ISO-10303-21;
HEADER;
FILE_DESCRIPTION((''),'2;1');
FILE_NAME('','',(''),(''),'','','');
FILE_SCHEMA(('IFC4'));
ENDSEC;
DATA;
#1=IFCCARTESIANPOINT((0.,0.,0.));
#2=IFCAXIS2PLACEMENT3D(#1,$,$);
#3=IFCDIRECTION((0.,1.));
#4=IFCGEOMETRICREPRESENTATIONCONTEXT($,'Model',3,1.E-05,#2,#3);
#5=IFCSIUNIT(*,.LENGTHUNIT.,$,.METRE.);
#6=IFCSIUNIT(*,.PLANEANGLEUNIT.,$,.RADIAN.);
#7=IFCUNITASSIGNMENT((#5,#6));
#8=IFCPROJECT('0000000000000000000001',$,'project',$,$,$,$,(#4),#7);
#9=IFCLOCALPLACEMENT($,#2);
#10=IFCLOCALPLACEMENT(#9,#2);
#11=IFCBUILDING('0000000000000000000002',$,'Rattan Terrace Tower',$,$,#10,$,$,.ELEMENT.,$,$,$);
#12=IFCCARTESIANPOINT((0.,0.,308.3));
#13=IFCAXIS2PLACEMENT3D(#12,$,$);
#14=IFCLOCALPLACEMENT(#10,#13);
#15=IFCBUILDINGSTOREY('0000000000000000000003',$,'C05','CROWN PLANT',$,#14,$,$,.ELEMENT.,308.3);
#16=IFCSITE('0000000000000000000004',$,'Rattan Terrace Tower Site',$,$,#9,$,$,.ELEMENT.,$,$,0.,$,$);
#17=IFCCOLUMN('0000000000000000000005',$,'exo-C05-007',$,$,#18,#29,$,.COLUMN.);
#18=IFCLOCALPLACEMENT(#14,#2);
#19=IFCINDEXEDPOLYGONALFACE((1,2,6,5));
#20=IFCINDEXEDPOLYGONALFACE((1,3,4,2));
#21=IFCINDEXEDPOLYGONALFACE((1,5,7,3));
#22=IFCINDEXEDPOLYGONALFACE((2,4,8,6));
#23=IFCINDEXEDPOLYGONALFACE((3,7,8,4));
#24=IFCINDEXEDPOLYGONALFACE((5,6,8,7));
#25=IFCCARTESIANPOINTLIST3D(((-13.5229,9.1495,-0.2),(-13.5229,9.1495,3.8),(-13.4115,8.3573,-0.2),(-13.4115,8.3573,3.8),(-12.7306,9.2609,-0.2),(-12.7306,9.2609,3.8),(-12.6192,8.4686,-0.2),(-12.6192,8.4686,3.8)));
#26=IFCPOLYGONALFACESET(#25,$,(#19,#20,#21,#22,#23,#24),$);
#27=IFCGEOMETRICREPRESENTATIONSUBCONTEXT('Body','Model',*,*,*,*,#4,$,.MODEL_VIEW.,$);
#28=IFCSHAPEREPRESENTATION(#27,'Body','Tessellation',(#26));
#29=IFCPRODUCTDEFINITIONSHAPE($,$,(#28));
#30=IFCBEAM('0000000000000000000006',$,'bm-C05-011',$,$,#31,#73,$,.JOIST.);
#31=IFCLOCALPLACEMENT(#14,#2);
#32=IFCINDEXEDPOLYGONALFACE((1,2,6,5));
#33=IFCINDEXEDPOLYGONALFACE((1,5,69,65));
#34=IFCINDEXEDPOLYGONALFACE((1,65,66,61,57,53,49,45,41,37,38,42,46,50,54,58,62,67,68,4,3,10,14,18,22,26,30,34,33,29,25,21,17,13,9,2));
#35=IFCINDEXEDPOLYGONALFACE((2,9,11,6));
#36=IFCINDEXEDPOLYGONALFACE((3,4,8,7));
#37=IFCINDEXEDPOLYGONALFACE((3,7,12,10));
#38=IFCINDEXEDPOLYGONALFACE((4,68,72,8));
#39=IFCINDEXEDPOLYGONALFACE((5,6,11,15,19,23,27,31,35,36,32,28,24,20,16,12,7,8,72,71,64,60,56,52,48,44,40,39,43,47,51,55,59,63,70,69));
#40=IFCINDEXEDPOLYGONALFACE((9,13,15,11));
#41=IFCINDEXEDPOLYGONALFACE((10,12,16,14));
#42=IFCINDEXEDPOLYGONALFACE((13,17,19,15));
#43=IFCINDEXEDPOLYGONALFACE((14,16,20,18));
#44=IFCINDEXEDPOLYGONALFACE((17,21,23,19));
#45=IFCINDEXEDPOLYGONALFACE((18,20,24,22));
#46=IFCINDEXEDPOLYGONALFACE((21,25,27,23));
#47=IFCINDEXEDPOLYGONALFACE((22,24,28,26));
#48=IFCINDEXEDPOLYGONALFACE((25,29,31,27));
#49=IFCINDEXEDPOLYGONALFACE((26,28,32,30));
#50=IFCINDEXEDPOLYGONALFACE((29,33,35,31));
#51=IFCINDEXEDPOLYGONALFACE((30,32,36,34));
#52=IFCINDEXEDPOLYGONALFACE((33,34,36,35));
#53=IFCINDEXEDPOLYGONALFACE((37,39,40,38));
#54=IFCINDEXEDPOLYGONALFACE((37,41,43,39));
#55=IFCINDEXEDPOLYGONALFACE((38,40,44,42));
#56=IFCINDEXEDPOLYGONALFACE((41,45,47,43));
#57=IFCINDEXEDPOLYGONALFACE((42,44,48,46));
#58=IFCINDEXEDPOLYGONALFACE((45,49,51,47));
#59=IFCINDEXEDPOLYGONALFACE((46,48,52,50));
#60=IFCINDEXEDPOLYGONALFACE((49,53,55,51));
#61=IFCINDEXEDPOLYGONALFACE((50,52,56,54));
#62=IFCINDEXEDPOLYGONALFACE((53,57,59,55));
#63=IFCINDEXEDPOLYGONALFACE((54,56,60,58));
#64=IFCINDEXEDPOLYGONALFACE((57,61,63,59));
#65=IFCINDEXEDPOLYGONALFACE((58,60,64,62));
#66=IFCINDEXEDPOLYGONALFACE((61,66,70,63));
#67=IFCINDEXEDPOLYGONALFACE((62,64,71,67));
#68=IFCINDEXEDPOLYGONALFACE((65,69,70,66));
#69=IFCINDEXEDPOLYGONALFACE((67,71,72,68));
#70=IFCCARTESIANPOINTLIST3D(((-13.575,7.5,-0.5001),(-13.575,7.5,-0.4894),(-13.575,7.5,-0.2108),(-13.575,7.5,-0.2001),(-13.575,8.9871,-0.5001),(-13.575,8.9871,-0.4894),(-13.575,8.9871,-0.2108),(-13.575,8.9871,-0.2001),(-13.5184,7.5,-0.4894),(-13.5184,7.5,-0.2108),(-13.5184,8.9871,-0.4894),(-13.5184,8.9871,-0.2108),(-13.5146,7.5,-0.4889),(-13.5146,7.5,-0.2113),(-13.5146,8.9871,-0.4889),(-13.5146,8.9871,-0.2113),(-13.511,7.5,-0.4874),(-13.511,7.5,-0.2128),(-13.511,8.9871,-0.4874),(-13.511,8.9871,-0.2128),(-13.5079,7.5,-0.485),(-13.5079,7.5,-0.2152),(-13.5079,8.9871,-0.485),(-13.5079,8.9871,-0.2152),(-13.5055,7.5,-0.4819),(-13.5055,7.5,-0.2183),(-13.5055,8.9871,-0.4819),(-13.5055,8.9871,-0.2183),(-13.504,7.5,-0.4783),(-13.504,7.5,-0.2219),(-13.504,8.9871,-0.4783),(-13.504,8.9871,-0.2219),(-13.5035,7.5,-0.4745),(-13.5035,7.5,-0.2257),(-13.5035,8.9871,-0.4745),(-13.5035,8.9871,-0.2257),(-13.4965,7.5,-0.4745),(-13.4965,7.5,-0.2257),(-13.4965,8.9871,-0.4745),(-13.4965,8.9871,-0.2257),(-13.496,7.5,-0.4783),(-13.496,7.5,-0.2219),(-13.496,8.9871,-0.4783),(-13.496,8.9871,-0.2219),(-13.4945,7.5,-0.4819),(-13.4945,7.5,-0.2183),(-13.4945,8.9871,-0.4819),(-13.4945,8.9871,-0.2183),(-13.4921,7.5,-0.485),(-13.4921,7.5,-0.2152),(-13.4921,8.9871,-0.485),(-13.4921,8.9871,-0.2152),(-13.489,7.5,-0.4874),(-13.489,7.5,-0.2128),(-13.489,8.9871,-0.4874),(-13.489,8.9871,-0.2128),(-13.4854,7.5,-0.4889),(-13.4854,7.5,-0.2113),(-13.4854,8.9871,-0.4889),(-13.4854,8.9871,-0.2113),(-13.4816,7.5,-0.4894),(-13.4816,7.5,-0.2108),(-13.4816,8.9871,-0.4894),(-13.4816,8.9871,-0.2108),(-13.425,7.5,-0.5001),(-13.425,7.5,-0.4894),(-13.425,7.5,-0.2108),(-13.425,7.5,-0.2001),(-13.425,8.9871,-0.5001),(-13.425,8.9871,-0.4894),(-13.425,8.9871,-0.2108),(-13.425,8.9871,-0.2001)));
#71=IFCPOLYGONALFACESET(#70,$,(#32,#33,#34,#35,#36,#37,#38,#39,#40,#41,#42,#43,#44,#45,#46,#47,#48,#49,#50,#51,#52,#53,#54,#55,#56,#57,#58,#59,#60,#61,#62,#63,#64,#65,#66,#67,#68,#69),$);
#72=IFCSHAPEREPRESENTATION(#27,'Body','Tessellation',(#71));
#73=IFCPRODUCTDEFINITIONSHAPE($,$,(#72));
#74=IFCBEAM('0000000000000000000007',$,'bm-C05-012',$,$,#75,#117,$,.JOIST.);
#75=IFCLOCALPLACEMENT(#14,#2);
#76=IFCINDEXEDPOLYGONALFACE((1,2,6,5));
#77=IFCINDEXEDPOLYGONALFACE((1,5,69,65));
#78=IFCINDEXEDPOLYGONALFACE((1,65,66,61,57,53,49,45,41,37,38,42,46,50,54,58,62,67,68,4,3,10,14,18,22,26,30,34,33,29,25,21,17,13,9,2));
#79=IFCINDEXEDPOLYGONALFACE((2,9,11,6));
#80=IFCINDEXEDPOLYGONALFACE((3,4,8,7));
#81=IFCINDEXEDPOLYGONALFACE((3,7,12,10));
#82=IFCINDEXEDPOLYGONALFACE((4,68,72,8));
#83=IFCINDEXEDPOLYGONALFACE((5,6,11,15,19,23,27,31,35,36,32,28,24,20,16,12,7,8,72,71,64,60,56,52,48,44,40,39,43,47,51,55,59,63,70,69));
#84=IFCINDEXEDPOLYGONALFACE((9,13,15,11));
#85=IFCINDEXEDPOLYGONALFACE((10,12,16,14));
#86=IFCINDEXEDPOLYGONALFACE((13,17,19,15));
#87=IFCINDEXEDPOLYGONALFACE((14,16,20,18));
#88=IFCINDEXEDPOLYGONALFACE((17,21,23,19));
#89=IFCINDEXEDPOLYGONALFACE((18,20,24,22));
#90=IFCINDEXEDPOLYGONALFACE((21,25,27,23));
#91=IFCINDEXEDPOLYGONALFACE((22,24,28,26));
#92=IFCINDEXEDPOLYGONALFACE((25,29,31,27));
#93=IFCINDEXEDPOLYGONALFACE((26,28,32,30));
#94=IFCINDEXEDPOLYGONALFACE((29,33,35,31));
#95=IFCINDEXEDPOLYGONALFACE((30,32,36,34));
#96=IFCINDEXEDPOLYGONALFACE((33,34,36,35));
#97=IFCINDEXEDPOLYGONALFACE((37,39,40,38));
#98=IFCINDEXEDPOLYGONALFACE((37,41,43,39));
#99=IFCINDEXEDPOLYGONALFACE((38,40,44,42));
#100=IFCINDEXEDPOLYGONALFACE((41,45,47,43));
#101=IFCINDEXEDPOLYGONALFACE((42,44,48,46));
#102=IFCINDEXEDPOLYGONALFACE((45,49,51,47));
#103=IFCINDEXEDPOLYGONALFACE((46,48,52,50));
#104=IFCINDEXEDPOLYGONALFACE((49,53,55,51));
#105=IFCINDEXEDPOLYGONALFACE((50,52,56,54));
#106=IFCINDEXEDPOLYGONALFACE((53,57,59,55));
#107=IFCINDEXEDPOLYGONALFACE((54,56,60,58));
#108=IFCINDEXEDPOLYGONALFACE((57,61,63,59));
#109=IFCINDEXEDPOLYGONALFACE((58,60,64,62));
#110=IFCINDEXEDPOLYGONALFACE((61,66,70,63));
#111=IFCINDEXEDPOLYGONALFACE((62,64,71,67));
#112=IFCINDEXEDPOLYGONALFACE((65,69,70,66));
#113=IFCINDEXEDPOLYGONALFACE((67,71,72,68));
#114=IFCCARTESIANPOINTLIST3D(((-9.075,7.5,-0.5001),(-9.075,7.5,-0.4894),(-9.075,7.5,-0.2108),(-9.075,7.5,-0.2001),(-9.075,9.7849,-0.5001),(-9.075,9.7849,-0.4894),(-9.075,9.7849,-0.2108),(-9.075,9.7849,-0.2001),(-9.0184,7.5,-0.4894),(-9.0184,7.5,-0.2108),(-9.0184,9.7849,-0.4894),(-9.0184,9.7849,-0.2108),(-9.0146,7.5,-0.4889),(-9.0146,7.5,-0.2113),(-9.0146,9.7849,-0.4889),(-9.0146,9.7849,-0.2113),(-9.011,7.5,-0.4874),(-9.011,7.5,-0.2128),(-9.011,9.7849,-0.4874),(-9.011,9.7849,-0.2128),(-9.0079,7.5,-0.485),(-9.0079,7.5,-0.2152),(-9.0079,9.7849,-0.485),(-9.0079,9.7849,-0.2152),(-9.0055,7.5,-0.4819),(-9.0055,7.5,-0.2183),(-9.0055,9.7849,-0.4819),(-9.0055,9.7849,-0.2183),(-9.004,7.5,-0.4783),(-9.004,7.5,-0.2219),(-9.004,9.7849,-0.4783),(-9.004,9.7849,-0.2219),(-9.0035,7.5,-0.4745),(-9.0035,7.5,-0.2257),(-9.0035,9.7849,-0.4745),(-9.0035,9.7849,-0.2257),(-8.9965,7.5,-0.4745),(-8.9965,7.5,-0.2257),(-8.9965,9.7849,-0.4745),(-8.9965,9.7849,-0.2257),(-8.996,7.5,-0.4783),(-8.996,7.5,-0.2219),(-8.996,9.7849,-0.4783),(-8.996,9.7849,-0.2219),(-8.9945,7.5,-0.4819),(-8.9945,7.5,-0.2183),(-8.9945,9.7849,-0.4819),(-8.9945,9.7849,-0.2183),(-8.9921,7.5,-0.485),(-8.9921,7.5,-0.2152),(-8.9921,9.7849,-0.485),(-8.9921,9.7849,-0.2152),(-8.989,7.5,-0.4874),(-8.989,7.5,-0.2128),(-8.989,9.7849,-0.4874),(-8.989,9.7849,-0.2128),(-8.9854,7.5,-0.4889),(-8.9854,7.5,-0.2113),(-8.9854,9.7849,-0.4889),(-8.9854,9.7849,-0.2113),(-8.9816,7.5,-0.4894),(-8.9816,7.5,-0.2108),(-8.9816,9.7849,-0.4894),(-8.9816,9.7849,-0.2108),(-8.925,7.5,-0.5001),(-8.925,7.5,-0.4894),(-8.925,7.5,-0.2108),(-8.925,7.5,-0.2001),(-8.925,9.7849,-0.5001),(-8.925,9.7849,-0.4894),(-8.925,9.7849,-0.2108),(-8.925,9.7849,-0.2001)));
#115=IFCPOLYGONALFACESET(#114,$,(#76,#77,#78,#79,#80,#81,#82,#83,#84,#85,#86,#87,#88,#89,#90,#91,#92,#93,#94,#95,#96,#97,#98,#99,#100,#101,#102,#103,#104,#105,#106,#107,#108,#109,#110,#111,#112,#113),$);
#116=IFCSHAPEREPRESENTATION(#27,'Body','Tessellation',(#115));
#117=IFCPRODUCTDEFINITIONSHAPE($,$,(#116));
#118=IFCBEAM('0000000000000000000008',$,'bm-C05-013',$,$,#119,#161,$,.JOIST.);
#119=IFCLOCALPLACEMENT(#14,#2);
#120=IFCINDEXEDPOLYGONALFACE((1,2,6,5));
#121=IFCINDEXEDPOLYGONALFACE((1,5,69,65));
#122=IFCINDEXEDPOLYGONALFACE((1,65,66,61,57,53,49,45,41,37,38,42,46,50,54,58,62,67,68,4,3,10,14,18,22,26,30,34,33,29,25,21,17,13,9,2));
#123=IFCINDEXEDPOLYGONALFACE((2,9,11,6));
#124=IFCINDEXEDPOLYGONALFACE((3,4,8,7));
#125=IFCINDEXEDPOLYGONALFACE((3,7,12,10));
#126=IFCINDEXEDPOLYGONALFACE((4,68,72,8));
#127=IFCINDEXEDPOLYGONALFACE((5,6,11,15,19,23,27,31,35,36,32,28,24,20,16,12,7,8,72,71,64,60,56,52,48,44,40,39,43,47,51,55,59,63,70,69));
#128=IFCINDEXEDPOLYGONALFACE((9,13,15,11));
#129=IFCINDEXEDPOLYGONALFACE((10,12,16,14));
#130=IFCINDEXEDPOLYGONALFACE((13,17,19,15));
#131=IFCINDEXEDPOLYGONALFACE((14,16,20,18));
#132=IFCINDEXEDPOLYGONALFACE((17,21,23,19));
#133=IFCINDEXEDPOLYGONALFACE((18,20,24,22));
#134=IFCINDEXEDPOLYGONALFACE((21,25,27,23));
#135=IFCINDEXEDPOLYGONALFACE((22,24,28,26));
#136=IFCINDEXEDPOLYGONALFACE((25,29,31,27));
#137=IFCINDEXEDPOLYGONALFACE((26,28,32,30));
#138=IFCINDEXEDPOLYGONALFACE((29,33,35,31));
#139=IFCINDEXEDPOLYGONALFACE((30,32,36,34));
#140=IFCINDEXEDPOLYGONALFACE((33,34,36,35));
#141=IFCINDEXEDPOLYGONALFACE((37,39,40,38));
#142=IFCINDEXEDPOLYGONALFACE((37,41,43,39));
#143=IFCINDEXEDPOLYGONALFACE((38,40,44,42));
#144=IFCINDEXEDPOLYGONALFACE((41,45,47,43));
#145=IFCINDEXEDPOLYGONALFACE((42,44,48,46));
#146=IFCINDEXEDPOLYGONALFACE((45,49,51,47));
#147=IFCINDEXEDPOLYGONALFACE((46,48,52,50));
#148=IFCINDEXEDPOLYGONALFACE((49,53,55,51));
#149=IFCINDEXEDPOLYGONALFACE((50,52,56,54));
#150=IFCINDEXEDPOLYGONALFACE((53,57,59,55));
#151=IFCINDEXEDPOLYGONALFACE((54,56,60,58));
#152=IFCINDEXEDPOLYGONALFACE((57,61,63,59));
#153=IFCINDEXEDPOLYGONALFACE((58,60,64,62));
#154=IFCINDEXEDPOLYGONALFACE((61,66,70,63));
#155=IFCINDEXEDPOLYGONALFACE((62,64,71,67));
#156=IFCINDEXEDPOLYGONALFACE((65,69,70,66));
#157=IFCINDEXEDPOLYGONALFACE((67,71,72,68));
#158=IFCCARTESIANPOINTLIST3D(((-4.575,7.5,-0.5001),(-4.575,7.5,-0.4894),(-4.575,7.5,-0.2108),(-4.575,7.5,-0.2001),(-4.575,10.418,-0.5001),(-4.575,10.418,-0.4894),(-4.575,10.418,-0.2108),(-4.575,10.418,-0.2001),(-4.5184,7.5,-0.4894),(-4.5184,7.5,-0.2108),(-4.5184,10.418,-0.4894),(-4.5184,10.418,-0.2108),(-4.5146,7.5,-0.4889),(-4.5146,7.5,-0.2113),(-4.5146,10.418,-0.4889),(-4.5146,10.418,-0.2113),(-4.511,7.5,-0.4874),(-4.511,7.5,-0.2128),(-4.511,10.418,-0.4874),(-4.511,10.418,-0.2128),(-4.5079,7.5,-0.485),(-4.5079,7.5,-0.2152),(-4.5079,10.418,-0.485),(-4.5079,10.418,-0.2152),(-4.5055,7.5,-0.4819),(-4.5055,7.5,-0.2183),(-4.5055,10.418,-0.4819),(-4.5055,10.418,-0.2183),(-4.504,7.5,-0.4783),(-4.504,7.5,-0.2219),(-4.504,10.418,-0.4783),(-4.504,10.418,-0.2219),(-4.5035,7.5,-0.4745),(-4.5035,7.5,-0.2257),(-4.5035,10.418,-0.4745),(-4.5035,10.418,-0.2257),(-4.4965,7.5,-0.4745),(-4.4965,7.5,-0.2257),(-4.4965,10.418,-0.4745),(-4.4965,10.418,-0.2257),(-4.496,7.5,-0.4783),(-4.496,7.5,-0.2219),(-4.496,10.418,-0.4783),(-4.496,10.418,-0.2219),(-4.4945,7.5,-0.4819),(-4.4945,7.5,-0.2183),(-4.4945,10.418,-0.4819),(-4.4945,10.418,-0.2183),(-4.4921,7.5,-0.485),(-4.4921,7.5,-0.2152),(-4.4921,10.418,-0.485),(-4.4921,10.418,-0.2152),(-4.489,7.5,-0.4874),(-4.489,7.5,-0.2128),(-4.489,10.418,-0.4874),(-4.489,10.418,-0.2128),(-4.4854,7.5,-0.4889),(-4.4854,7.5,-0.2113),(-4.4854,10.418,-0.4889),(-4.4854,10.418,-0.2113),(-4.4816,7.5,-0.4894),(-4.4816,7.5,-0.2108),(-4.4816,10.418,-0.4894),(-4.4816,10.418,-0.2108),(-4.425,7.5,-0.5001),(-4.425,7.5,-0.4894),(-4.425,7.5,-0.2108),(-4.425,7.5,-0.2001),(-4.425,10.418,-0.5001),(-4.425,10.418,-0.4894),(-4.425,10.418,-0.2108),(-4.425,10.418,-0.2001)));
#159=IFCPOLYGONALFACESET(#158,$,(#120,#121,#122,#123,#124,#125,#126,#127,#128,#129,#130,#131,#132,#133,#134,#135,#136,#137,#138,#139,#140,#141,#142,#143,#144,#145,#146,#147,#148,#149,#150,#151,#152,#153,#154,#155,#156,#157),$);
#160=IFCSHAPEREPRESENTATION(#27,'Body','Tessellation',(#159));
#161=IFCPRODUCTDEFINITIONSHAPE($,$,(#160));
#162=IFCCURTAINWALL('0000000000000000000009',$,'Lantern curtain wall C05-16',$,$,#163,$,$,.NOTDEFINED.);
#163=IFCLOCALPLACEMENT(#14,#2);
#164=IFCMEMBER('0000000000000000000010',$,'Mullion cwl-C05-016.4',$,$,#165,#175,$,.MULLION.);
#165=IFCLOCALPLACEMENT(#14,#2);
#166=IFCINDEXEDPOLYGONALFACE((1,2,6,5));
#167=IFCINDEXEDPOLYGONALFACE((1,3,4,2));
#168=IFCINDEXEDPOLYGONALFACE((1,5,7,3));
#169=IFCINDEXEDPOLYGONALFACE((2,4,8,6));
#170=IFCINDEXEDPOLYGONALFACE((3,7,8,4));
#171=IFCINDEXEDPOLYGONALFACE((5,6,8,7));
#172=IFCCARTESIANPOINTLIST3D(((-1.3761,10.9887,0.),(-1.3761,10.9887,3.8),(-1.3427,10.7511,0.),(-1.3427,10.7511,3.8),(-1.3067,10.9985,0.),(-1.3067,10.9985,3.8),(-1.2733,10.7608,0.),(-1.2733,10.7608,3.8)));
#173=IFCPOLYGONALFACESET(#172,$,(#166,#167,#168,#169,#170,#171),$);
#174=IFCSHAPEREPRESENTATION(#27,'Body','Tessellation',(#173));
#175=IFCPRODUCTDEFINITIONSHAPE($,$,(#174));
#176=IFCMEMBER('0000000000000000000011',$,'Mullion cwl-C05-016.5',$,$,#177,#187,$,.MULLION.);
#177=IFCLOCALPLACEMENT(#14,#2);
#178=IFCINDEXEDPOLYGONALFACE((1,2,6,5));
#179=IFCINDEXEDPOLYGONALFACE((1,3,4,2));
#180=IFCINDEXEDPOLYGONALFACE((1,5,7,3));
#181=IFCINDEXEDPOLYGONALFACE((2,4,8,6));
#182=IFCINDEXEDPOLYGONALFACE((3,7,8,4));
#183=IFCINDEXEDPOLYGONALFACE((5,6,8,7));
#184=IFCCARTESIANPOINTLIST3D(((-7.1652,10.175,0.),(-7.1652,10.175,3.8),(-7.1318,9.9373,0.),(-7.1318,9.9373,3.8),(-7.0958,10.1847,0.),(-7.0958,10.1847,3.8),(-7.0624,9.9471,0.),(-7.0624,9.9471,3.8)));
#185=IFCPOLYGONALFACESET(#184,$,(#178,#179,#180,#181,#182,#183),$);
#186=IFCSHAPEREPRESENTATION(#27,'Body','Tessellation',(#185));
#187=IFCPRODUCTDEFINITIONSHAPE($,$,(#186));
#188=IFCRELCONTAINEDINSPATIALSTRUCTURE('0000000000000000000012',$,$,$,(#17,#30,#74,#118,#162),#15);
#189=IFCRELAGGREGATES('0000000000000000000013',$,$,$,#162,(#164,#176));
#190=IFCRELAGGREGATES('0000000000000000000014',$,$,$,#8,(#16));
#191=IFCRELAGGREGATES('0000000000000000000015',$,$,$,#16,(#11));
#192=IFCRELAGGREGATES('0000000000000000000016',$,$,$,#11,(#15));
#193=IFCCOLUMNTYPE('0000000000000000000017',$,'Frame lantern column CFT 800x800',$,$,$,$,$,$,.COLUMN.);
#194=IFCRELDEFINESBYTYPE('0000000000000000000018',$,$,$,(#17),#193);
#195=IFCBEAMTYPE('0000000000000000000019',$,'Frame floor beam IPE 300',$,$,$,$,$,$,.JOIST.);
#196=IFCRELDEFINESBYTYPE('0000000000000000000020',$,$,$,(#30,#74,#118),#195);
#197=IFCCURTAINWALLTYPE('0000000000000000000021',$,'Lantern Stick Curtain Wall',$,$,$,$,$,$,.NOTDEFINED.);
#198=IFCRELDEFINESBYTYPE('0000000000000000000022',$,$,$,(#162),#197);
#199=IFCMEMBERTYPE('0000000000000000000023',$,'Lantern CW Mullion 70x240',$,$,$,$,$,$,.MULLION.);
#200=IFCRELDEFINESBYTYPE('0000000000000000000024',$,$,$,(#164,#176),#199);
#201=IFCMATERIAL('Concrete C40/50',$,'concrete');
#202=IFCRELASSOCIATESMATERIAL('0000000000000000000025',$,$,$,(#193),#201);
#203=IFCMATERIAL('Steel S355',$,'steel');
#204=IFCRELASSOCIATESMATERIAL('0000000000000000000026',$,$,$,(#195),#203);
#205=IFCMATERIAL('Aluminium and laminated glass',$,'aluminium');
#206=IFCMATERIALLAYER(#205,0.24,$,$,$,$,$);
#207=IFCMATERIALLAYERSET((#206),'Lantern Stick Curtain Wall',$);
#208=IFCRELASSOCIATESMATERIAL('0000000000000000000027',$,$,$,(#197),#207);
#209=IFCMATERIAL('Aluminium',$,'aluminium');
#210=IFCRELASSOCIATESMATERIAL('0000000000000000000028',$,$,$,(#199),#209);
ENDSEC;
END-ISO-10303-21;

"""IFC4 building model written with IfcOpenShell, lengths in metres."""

from ifc_helpers import new_model, si_unit, direction, frame, origin, origin_2d, place, context, subcontext, project, spatial, rectangle, i_section, extrude, material, layer, layer_set, material_profile, profile_set, type_object, element, aggregate, save


model = new_model("IFC4")

# Units and contexts
model_context = context("Model", 3, precision=1e-05, world=origin(), true_north=direction((0.0, 1.0)))
body_context = subcontext(model_context, "Body", "Model", "MODEL_VIEW")
ifc_project = project(units=[si_unit("LENGTHUNIT", "METRE"), si_unit("PLANEANGLEUNIT", "RADIAN")], contexts=[model_context])

# Site, building, storey
site_placement = place(None, origin())
site = spatial("IfcSite", under=ifc_project, at=site_placement, Name="Rattan Terrace Tower Site", CompositionType="ELEMENT", RefElevation=0.0)
building_placement = place(site_placement, origin())
building = spatial("IfcBuilding", under=site, at=building_placement, Name="Rattan Terrace Tower", CompositionType="ELEMENT")
storey_placement = place(building_placement, frame((0.0, 0.0, 308.3)))
storey = spatial("IfcBuildingStorey", under=building, at=storey_placement, Name="C05", Description="CROWN PLANT", CompositionType="ELEMENT", Elevation=308.3)

# Column
ifc_material_1 = material(Name="Concrete C40/50", Category="concrete")
ifc_material_profile_1 = material_profile(ifc_material_1, rectangle(XDim=0.8, YDim=0.8, at=origin_2d()), Name="CFT 800x800")
ifc_profile_set_1 = profile_set([ifc_material_profile_1], Name="Concrete C40/50")
column_type = type_object("IfcColumnType", Name="Frame lantern column CFT 800x800", PredefinedType="COLUMN", material=ifc_profile_set_1)
column_placement = place(storey_placement, frame((-13.071, 8.8091, -0.2), z_axis=(0.0, 0.0, 1.0), x_axis=(0.990266, 0.13919, 0.0)))
element("IfcColumn", 1, at=column_placement, inside=storey, type_object=column_type, Name="exo-C05-007", PredefinedType="COLUMN", context=body_context, shape_type="SweptSolid", body=[
    extrude(rectangle(XDim=0.8, YDim=0.8, at=origin_2d()), origin(), (0.0, 0.0, 1.0), 4.0),
])

# Beams
ifc_material_2 = material(Name="Steel S355", Category="steel")
ifc_material_profile_2 = material_profile(ifc_material_2, i_section(OverallWidth=0.1499, OverallDepth=0.3, WebThickness=0.0071, FlangeThickness=0.0107, FilletRadius=0.0149, at=origin_2d()), Name="IPE 300")
ifc_profile_set_2 = profile_set([ifc_material_profile_2], Name="Steel S355")
beam_type = type_object("IfcBeamType", Name="Frame floor beam IPE 300", PredefinedType="JOIST", material=ifc_profile_set_2)
beam_1_placement = place(storey_placement, frame((-13.5, 7.5, -0.3501), z_axis=(0.0, 1.0, 0.0), x_axis=(-1.0, 0.0, 0.0)))
element("IfcBeam", 2, at=beam_1_placement, inside=storey, type_object=beam_type, Name="bm-C05-011", PredefinedType="JOIST", context=body_context, shape_type="SweptSolid", body=[
    extrude(i_section(OverallWidth=0.1499, OverallDepth=0.3, WebThickness=0.0071, FlangeThickness=0.0107, FilletRadius=0.0149, at=origin_2d()), origin(), (0.0, 0.0, 1.0), 1.4871),
])
beam_2_placement = place(storey_placement, frame((-9.0, 7.5, -0.3501), z_axis=(0.0, 1.0, 0.0), x_axis=(-1.0, 0.0, 0.0)))
element("IfcBeam", 3, at=beam_2_placement, inside=storey, type_object=beam_type, Name="bm-C05-012", PredefinedType="JOIST", context=body_context, shape_type="SweptSolid", body=[
    extrude(i_section(OverallWidth=0.1499, OverallDepth=0.3, WebThickness=0.0071, FlangeThickness=0.0107, FilletRadius=0.0149, at=origin_2d()), origin(), (0.0, 0.0, 1.0), 2.2849),
])
beam_3_placement = place(storey_placement, frame((-4.5, 7.5, -0.3501), z_axis=(0.0, 1.0, 0.0), x_axis=(-1.0, 0.0, 0.0)))
element("IfcBeam", 4, at=beam_3_placement, inside=storey, type_object=beam_type, Name="bm-C05-013", PredefinedType="JOIST", context=body_context, shape_type="SweptSolid", body=[
    extrude(i_section(OverallWidth=0.1499, OverallDepth=0.3, WebThickness=0.0071, FlangeThickness=0.0107, FilletRadius=0.0149, at=origin_2d()), origin(), (0.0, 0.0, 1.0), 2.918),
])

# Curtain wall, members
ifc_material_3 = material(Name="Aluminium and laminated glass", Category="aluminium")
ifc_layer_1 = layer(ifc_material_3, 0.24)
ifc_layer_set_1 = layer_set([ifc_layer_1], Name="Lantern Stick Curtain Wall")
curtain_wall_type = type_object("IfcCurtainWallType", Name="Lantern Stick Curtain Wall", PredefinedType="NOTDEFINED", material=ifc_layer_set_1)
curtain_wall_placement = place(storey_placement, origin())
curtain_wall = element("IfcCurtainWall", 5, at=curtain_wall_placement, inside=storey, type_object=curtain_wall_type, Name="Lantern curtain wall C05-16", PredefinedType="NOTDEFINED")
ifc_material_4 = material(Name="Aluminium", Category="aluminium")
ifc_material_profile_3 = material_profile(ifc_material_4, rectangle(XDim=0.0701, YDim=0.24, at=origin_2d()), Name="Aluminium 70x240")
ifc_profile_set_3 = profile_set([ifc_material_profile_3], Name="Aluminium")
member_type_1 = type_object("IfcMemberType", Name="Lantern CW Mullion 70x240", PredefinedType="MULLION", material=ifc_profile_set_3)
member_1_placement = place(storey_placement, frame((-1.3247, 10.8748, 0.0), z_axis=(0.0, 0.0, 1.0), x_axis=(-0.990267, -0.139181, 0.0)))
member_1 = element("IfcMember", 6, at=member_1_placement, type_object=member_type_1, Name="Mullion cwl-C05-016.4", PredefinedType="MULLION", context=body_context, shape_type="SweptSolid", body=[
    extrude(rectangle(XDim=0.0701, YDim=0.24, at=origin_2d()), origin(), (0.0, 0.0, 1.0), 3.8),
])
member_2_placement = place(storey_placement, frame((-7.1138, 10.061, 0.0), z_axis=(0.0, 0.0, 1.0), x_axis=(-0.990267, -0.139181, 0.0)))
member_2 = element("IfcMember", 7, at=member_2_placement, type_object=member_type_1, Name="Mullion cwl-C05-016.5", PredefinedType="MULLION", context=body_context, shape_type="SweptSolid", body=[
    extrude(rectangle(XDim=0.0701, YDim=0.24, at=origin_2d()), origin(), (0.0, 0.0, 1.0), 3.8),
])

aggregate(curtain_wall, [member_1, member_2])

save(model, "model.ifc")
